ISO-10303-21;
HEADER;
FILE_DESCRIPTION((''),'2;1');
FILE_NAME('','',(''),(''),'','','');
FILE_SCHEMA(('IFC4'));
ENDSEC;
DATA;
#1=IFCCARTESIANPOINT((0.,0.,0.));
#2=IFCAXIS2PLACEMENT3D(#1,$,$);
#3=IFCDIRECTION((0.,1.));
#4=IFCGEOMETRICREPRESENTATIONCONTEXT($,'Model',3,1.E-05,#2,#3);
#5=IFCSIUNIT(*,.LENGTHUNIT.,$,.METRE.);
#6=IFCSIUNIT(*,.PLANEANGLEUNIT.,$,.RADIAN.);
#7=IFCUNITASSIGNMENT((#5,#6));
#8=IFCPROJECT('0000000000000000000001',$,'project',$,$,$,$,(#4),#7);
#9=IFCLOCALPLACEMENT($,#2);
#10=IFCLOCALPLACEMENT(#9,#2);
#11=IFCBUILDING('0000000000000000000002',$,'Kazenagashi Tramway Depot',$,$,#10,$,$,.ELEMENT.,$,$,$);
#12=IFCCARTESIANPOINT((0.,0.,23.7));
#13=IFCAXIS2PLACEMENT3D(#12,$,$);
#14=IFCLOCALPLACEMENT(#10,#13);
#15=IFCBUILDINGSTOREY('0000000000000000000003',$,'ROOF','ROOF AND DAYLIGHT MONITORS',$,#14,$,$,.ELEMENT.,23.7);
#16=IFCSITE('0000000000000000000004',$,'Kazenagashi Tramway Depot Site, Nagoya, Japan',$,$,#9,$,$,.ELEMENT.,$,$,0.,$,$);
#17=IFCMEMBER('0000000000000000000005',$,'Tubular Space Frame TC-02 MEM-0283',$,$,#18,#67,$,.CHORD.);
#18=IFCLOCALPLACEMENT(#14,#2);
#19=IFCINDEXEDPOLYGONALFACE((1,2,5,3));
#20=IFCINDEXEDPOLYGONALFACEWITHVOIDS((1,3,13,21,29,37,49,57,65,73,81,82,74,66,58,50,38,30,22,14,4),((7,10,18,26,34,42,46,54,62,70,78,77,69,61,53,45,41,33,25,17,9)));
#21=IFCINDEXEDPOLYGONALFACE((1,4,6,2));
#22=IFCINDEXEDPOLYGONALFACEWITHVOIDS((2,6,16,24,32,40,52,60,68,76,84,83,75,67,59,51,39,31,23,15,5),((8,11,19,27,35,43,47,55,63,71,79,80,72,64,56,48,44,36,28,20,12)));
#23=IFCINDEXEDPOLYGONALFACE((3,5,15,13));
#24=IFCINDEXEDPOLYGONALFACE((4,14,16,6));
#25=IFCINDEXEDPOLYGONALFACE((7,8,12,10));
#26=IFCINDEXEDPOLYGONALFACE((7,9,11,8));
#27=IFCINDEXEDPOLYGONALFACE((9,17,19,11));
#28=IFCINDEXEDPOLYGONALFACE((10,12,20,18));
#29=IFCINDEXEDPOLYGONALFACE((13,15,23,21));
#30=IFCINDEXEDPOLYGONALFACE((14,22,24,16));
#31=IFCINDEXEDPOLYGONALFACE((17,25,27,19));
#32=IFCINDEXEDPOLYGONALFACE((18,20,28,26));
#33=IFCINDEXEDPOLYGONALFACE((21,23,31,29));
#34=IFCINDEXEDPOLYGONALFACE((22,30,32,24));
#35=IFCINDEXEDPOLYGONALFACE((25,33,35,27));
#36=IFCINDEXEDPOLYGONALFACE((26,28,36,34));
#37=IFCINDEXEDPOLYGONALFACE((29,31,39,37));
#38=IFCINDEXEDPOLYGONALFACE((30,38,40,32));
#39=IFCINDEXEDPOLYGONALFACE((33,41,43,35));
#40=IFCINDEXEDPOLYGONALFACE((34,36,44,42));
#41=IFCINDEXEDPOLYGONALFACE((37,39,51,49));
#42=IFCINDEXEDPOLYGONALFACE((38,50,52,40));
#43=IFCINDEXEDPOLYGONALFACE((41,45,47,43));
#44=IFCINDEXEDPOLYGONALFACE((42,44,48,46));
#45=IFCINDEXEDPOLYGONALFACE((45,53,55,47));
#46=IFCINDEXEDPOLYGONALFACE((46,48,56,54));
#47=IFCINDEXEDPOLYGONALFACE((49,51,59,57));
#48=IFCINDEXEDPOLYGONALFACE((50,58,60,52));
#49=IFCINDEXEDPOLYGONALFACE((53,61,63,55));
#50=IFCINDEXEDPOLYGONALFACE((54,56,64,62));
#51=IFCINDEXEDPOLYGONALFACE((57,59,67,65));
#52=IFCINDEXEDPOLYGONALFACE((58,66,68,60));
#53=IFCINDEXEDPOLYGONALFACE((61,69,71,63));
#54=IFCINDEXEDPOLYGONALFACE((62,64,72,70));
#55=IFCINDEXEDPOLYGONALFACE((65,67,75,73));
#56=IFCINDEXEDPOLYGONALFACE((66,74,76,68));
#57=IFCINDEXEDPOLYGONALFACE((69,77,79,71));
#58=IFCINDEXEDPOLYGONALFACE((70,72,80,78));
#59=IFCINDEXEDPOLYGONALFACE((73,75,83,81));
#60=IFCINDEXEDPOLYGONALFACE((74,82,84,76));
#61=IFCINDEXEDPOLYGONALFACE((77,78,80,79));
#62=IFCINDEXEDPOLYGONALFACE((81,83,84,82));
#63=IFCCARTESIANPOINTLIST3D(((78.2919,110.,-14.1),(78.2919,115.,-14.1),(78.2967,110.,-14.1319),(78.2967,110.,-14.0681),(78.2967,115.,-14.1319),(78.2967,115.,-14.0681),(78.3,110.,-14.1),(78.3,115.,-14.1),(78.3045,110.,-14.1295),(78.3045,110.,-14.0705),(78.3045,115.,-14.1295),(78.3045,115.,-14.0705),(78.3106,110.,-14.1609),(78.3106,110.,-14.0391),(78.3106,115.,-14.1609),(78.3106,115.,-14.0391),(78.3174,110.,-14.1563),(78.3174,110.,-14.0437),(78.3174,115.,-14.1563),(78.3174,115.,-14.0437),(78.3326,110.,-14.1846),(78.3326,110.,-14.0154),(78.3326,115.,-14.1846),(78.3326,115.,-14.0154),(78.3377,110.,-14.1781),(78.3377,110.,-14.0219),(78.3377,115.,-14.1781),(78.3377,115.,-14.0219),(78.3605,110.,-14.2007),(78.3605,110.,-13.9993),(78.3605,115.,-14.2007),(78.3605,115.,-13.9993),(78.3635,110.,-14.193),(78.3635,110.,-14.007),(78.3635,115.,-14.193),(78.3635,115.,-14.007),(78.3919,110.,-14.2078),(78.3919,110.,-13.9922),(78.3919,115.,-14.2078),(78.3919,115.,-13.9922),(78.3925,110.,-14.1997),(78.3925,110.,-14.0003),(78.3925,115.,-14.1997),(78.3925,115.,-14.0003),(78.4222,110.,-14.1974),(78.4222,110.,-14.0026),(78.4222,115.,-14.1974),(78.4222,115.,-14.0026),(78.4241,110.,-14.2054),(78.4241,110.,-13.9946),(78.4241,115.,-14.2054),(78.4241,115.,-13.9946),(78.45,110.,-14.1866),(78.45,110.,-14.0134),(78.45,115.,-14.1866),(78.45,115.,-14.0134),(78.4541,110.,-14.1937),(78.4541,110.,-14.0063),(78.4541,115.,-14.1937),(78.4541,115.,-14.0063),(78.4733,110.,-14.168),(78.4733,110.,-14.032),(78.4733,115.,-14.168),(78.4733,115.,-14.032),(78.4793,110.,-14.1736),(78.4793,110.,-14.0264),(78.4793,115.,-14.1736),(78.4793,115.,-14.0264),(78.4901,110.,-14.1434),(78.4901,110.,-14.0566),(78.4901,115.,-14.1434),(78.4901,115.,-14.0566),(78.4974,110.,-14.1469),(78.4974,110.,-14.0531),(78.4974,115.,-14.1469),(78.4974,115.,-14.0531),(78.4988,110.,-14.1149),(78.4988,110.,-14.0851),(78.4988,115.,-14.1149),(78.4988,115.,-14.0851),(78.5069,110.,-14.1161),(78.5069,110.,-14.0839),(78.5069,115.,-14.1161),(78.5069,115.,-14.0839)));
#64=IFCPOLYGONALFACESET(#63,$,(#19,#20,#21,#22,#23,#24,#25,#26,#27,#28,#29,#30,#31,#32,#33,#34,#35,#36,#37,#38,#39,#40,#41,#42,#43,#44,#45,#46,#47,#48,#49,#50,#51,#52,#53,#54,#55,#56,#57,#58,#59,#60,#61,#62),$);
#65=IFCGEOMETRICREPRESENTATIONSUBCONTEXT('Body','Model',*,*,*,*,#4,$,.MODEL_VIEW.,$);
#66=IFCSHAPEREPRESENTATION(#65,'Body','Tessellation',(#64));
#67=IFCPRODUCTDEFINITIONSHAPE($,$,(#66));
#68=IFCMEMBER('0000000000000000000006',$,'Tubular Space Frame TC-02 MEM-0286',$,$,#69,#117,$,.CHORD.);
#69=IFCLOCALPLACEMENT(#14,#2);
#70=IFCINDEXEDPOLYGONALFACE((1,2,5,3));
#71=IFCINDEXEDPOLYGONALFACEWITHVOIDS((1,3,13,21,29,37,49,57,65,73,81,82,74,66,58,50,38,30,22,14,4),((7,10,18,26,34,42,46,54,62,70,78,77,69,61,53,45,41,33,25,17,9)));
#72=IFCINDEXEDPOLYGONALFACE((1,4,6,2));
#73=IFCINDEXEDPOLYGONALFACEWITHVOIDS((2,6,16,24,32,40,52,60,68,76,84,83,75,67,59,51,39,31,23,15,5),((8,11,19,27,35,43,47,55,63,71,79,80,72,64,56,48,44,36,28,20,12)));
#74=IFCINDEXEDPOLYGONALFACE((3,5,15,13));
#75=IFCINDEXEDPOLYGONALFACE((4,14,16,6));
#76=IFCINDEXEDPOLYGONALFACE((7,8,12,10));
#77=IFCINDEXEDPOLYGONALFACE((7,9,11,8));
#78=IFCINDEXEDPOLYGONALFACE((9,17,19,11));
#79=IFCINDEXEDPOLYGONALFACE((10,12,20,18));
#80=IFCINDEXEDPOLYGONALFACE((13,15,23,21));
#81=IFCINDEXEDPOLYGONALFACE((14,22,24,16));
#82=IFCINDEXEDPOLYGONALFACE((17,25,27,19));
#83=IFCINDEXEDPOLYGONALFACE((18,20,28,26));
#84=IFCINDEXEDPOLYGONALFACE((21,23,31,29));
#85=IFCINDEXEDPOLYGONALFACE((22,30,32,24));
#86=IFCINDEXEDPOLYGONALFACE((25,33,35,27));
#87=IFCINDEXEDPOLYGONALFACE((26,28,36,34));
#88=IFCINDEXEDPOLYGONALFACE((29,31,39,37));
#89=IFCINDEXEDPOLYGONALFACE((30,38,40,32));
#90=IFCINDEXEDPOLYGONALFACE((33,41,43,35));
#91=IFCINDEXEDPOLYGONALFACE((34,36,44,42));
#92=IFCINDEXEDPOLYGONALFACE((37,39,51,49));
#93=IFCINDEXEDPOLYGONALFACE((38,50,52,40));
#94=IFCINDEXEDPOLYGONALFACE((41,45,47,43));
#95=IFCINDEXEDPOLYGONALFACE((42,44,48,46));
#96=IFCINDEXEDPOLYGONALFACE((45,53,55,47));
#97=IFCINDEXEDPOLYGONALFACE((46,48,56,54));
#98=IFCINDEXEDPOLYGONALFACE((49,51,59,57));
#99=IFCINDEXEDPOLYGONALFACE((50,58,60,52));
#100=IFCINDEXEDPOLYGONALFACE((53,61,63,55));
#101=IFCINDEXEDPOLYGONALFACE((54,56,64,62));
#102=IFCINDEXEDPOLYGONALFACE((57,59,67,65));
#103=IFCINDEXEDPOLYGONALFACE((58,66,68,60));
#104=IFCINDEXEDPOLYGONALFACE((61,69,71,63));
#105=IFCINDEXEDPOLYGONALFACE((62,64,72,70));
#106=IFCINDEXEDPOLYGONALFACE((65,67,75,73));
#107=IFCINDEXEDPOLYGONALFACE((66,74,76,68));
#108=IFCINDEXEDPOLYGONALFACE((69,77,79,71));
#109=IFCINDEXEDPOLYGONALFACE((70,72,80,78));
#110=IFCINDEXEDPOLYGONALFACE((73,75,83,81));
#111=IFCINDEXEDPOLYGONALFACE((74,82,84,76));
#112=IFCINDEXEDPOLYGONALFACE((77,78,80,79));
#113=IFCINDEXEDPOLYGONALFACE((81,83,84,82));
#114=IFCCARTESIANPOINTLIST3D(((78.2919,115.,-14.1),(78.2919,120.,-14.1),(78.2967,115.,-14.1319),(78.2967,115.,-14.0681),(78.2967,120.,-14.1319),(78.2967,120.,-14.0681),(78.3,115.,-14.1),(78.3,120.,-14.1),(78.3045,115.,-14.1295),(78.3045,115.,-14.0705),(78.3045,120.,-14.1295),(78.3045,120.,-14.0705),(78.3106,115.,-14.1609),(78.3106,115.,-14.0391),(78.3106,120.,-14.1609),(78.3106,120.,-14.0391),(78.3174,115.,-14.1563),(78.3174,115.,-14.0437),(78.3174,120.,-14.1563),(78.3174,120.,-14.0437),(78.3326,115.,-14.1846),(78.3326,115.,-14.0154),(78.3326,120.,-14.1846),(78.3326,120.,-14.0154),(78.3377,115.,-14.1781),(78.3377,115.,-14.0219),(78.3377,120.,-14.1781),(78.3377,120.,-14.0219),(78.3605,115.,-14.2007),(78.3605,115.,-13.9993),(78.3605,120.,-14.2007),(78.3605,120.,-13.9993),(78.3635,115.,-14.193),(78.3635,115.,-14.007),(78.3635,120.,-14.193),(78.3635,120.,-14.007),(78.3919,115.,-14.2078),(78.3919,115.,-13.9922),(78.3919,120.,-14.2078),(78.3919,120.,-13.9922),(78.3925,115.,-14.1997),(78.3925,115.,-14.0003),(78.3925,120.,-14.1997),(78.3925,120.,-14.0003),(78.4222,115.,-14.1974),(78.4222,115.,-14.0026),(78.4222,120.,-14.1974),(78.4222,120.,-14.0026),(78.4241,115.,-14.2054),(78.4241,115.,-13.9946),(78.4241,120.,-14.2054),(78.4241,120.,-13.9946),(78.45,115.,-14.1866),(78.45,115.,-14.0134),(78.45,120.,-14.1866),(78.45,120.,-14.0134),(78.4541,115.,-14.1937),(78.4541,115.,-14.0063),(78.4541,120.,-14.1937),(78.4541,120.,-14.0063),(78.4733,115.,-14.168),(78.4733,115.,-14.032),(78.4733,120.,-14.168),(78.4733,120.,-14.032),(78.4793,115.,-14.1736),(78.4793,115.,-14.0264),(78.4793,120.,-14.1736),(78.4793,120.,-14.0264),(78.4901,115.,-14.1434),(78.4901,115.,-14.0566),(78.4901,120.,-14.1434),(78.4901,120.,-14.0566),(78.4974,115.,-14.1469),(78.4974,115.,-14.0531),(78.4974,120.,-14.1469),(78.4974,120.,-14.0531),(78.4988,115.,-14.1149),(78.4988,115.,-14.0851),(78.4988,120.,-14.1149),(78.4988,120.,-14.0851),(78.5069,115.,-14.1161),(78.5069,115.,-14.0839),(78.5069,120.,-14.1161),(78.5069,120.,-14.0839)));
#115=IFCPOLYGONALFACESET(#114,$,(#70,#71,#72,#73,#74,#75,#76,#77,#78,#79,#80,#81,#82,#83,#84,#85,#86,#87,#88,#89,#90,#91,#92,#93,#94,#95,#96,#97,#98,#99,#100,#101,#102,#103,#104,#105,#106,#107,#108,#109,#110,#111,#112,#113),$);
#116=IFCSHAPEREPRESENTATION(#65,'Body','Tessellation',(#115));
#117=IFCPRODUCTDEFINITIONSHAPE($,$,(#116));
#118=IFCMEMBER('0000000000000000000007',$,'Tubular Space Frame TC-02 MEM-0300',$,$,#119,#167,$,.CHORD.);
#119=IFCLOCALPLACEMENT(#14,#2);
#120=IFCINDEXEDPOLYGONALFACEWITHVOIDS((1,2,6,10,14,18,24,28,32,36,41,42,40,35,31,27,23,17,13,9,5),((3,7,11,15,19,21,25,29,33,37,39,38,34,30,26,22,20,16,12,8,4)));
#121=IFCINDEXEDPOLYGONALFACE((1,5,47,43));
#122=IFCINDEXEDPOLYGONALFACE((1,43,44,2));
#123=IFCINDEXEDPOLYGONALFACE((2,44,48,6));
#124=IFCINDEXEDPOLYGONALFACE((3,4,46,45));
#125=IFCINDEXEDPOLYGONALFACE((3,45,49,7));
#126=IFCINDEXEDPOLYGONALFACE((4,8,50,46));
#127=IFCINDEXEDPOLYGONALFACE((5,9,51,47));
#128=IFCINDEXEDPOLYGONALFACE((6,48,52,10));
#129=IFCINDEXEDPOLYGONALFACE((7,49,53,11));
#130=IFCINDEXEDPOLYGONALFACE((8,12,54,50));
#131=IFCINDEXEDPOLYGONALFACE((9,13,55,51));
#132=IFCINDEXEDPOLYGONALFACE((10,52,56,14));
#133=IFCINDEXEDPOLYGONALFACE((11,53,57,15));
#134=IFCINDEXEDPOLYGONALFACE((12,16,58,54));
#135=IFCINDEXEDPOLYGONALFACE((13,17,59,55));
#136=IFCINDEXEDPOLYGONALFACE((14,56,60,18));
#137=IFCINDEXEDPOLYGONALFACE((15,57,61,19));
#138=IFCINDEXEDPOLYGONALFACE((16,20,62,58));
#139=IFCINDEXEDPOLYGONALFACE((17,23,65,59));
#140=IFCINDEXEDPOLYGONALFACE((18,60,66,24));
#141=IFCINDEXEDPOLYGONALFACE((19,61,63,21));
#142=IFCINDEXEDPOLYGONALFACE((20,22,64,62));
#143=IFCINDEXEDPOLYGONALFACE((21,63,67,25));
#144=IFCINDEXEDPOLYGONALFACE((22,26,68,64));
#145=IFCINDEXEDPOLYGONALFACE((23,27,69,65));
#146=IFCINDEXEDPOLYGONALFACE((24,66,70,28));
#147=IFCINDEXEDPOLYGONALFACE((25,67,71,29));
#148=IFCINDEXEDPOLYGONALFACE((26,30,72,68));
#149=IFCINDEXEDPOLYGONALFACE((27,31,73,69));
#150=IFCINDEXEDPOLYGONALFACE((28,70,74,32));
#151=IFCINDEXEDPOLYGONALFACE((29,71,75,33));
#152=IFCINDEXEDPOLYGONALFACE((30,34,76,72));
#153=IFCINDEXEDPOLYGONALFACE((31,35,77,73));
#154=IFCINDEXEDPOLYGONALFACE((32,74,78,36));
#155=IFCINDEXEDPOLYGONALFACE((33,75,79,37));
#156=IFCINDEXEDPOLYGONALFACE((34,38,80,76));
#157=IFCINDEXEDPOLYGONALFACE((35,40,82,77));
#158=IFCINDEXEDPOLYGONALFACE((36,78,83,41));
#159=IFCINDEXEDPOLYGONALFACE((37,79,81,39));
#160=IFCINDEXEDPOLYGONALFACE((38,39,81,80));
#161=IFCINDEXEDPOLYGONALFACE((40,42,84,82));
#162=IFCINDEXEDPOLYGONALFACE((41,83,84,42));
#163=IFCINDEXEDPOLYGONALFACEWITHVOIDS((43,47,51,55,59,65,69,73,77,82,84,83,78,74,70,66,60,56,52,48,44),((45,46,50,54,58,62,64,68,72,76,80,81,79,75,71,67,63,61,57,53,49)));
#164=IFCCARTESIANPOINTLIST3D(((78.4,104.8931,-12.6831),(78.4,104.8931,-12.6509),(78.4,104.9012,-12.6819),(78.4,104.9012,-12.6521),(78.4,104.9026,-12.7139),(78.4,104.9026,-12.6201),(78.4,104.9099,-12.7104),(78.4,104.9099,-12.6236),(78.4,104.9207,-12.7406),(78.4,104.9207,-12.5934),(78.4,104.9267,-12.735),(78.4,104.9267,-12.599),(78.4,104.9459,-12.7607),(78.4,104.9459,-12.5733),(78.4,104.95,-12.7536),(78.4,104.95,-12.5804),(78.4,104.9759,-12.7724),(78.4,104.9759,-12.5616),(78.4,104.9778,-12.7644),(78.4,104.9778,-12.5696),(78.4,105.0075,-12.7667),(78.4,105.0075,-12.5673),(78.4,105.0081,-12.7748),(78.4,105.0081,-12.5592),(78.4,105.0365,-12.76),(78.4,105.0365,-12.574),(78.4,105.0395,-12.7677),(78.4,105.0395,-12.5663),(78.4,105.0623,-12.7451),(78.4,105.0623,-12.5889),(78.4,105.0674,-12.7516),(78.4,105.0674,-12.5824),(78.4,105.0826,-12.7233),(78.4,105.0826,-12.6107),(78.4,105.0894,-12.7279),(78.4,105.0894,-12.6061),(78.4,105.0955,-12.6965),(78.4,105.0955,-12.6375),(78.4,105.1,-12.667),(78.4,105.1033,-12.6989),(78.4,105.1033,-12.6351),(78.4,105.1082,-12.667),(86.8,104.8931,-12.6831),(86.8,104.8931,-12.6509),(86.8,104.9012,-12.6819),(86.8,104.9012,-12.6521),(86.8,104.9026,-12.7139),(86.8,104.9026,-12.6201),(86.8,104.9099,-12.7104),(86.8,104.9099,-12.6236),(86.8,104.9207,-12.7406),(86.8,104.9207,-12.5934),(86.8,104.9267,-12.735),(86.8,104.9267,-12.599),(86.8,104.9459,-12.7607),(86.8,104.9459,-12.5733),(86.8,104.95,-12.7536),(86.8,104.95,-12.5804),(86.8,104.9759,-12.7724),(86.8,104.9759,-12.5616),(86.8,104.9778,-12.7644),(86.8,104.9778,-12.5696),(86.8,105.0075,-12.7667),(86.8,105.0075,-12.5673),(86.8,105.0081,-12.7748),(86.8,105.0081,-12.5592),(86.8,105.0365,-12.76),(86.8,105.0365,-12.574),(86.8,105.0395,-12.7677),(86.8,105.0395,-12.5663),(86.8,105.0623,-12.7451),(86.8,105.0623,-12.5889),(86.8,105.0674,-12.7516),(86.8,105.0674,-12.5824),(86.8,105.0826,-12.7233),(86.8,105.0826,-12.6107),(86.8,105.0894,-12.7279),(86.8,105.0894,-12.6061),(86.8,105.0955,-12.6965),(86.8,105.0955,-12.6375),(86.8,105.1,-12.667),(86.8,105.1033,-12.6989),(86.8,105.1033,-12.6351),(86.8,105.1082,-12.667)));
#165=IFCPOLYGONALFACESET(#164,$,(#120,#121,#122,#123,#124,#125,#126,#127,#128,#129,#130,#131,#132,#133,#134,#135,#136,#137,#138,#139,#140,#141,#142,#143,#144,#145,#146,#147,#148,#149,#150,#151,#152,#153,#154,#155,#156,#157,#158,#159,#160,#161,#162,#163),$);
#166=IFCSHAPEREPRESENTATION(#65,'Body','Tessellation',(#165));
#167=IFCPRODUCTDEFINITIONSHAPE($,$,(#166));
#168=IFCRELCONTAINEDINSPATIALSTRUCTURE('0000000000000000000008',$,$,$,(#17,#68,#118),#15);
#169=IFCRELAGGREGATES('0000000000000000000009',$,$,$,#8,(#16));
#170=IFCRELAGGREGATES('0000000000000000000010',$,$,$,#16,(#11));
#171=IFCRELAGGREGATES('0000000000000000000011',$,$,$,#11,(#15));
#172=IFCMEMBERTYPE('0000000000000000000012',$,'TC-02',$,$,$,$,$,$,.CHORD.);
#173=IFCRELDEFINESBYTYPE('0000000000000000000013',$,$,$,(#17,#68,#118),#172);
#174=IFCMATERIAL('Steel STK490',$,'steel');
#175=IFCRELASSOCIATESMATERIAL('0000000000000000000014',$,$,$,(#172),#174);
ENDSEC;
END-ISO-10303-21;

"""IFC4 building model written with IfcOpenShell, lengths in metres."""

from ifc_helpers import new_model, si_unit, direction, frame, origin, origin_2d, place, context, subcontext, project, spatial, hollow_circle, extrude, material, material_profile, profile_set, type_object, element, save


model = new_model("IFC4")

# Units and contexts
model_context = context("Model", 3, precision=1e-05, world=origin(), true_north=direction((0.0, 1.0)))
body_context = subcontext(model_context, "Body", "Model", "MODEL_VIEW")
ifc_project = project(units=[si_unit("LENGTHUNIT", "METRE"), si_unit("PLANEANGLEUNIT", "RADIAN")], contexts=[model_context])

# Site, building, storey
site_placement = place(None, origin())
site = spatial("IfcSite", under=ifc_project, at=site_placement, Name="Kazenagashi Tramway Depot Site, Nagoya, Japan", CompositionType="ELEMENT", RefElevation=0.0)
building_placement = place(site_placement, origin())
building = spatial("IfcBuilding", under=site, at=building_placement, Name="Kazenagashi Tramway Depot", CompositionType="ELEMENT")
storey_placement = place(building_placement, frame((0.0, 0.0, 23.7)))
storey = spatial("IfcBuildingStorey", under=building, at=storey_placement, Name="ROOF", Description="ROOF AND DAYLIGHT MONITORS", CompositionType="ELEMENT", Elevation=23.7)

# Members
ifc_material_1 = material(Name="Steel STK490", Category="steel")
ifc_material_profile_1 = material_profile(ifc_material_1, hollow_circle(Radius=0.1081, WallThickness=0.0082, at=origin_2d()), Name="CHS-216.3x8.2")
ifc_profile_set_1 = profile_set([ifc_material_profile_1], Name="Steel STK490")
member_type_1 = type_object("IfcMemberType", Name="TC-02", PredefinedType="CHORD", material=ifc_profile_set_1)
for number, where, z_axis, x_axis, name in (
    (1, (78.4, 110.0, -14.1), (0.0, 1.0, 0.0), (-1.0, 0.0, 0.0), "Tubular Space Frame TC-02 MEM-0283"),
    (2, (78.4, 115.0, -14.1), (0.0, 1.0, 0.0), (-1.0, 0.0, 0.0), "Tubular Space Frame TC-02 MEM-0286"),
):
    element("IfcMember", number, at=place(storey_placement, frame(where, z_axis=z_axis, x_axis=x_axis)), inside=storey, type_object=member_type_1, Name=name, PredefinedType="CHORD", context=body_context, shape_type="SweptSolid", body=[
        extrude(hollow_circle(Radius=0.1081, WallThickness=0.0082, at=origin_2d()), origin(), (0.0, 0.0, 1.0), 5.0),
    ])
for number, where, z_axis, x_axis, name in (
    (3, (78.4, 105.0, -12.667), (1.0, 0.0, 0.0), (0.0, 1.0, 0.0), "Tubular Space Frame TC-02 MEM-0300"),
):
    element("IfcMember", number, at=place(storey_placement, frame(where, z_axis=z_axis, x_axis=x_axis)), inside=storey, type_object=member_type_1, Name=name, PredefinedType="CHORD", context=body_context, shape_type="SweptSolid", body=[
        extrude(hollow_circle(Radius=0.1081, WallThickness=0.0082, at=origin_2d()), origin(), (0.0, 0.0, 1.0), 8.4),
    ])

save(model, "model.ifc")
